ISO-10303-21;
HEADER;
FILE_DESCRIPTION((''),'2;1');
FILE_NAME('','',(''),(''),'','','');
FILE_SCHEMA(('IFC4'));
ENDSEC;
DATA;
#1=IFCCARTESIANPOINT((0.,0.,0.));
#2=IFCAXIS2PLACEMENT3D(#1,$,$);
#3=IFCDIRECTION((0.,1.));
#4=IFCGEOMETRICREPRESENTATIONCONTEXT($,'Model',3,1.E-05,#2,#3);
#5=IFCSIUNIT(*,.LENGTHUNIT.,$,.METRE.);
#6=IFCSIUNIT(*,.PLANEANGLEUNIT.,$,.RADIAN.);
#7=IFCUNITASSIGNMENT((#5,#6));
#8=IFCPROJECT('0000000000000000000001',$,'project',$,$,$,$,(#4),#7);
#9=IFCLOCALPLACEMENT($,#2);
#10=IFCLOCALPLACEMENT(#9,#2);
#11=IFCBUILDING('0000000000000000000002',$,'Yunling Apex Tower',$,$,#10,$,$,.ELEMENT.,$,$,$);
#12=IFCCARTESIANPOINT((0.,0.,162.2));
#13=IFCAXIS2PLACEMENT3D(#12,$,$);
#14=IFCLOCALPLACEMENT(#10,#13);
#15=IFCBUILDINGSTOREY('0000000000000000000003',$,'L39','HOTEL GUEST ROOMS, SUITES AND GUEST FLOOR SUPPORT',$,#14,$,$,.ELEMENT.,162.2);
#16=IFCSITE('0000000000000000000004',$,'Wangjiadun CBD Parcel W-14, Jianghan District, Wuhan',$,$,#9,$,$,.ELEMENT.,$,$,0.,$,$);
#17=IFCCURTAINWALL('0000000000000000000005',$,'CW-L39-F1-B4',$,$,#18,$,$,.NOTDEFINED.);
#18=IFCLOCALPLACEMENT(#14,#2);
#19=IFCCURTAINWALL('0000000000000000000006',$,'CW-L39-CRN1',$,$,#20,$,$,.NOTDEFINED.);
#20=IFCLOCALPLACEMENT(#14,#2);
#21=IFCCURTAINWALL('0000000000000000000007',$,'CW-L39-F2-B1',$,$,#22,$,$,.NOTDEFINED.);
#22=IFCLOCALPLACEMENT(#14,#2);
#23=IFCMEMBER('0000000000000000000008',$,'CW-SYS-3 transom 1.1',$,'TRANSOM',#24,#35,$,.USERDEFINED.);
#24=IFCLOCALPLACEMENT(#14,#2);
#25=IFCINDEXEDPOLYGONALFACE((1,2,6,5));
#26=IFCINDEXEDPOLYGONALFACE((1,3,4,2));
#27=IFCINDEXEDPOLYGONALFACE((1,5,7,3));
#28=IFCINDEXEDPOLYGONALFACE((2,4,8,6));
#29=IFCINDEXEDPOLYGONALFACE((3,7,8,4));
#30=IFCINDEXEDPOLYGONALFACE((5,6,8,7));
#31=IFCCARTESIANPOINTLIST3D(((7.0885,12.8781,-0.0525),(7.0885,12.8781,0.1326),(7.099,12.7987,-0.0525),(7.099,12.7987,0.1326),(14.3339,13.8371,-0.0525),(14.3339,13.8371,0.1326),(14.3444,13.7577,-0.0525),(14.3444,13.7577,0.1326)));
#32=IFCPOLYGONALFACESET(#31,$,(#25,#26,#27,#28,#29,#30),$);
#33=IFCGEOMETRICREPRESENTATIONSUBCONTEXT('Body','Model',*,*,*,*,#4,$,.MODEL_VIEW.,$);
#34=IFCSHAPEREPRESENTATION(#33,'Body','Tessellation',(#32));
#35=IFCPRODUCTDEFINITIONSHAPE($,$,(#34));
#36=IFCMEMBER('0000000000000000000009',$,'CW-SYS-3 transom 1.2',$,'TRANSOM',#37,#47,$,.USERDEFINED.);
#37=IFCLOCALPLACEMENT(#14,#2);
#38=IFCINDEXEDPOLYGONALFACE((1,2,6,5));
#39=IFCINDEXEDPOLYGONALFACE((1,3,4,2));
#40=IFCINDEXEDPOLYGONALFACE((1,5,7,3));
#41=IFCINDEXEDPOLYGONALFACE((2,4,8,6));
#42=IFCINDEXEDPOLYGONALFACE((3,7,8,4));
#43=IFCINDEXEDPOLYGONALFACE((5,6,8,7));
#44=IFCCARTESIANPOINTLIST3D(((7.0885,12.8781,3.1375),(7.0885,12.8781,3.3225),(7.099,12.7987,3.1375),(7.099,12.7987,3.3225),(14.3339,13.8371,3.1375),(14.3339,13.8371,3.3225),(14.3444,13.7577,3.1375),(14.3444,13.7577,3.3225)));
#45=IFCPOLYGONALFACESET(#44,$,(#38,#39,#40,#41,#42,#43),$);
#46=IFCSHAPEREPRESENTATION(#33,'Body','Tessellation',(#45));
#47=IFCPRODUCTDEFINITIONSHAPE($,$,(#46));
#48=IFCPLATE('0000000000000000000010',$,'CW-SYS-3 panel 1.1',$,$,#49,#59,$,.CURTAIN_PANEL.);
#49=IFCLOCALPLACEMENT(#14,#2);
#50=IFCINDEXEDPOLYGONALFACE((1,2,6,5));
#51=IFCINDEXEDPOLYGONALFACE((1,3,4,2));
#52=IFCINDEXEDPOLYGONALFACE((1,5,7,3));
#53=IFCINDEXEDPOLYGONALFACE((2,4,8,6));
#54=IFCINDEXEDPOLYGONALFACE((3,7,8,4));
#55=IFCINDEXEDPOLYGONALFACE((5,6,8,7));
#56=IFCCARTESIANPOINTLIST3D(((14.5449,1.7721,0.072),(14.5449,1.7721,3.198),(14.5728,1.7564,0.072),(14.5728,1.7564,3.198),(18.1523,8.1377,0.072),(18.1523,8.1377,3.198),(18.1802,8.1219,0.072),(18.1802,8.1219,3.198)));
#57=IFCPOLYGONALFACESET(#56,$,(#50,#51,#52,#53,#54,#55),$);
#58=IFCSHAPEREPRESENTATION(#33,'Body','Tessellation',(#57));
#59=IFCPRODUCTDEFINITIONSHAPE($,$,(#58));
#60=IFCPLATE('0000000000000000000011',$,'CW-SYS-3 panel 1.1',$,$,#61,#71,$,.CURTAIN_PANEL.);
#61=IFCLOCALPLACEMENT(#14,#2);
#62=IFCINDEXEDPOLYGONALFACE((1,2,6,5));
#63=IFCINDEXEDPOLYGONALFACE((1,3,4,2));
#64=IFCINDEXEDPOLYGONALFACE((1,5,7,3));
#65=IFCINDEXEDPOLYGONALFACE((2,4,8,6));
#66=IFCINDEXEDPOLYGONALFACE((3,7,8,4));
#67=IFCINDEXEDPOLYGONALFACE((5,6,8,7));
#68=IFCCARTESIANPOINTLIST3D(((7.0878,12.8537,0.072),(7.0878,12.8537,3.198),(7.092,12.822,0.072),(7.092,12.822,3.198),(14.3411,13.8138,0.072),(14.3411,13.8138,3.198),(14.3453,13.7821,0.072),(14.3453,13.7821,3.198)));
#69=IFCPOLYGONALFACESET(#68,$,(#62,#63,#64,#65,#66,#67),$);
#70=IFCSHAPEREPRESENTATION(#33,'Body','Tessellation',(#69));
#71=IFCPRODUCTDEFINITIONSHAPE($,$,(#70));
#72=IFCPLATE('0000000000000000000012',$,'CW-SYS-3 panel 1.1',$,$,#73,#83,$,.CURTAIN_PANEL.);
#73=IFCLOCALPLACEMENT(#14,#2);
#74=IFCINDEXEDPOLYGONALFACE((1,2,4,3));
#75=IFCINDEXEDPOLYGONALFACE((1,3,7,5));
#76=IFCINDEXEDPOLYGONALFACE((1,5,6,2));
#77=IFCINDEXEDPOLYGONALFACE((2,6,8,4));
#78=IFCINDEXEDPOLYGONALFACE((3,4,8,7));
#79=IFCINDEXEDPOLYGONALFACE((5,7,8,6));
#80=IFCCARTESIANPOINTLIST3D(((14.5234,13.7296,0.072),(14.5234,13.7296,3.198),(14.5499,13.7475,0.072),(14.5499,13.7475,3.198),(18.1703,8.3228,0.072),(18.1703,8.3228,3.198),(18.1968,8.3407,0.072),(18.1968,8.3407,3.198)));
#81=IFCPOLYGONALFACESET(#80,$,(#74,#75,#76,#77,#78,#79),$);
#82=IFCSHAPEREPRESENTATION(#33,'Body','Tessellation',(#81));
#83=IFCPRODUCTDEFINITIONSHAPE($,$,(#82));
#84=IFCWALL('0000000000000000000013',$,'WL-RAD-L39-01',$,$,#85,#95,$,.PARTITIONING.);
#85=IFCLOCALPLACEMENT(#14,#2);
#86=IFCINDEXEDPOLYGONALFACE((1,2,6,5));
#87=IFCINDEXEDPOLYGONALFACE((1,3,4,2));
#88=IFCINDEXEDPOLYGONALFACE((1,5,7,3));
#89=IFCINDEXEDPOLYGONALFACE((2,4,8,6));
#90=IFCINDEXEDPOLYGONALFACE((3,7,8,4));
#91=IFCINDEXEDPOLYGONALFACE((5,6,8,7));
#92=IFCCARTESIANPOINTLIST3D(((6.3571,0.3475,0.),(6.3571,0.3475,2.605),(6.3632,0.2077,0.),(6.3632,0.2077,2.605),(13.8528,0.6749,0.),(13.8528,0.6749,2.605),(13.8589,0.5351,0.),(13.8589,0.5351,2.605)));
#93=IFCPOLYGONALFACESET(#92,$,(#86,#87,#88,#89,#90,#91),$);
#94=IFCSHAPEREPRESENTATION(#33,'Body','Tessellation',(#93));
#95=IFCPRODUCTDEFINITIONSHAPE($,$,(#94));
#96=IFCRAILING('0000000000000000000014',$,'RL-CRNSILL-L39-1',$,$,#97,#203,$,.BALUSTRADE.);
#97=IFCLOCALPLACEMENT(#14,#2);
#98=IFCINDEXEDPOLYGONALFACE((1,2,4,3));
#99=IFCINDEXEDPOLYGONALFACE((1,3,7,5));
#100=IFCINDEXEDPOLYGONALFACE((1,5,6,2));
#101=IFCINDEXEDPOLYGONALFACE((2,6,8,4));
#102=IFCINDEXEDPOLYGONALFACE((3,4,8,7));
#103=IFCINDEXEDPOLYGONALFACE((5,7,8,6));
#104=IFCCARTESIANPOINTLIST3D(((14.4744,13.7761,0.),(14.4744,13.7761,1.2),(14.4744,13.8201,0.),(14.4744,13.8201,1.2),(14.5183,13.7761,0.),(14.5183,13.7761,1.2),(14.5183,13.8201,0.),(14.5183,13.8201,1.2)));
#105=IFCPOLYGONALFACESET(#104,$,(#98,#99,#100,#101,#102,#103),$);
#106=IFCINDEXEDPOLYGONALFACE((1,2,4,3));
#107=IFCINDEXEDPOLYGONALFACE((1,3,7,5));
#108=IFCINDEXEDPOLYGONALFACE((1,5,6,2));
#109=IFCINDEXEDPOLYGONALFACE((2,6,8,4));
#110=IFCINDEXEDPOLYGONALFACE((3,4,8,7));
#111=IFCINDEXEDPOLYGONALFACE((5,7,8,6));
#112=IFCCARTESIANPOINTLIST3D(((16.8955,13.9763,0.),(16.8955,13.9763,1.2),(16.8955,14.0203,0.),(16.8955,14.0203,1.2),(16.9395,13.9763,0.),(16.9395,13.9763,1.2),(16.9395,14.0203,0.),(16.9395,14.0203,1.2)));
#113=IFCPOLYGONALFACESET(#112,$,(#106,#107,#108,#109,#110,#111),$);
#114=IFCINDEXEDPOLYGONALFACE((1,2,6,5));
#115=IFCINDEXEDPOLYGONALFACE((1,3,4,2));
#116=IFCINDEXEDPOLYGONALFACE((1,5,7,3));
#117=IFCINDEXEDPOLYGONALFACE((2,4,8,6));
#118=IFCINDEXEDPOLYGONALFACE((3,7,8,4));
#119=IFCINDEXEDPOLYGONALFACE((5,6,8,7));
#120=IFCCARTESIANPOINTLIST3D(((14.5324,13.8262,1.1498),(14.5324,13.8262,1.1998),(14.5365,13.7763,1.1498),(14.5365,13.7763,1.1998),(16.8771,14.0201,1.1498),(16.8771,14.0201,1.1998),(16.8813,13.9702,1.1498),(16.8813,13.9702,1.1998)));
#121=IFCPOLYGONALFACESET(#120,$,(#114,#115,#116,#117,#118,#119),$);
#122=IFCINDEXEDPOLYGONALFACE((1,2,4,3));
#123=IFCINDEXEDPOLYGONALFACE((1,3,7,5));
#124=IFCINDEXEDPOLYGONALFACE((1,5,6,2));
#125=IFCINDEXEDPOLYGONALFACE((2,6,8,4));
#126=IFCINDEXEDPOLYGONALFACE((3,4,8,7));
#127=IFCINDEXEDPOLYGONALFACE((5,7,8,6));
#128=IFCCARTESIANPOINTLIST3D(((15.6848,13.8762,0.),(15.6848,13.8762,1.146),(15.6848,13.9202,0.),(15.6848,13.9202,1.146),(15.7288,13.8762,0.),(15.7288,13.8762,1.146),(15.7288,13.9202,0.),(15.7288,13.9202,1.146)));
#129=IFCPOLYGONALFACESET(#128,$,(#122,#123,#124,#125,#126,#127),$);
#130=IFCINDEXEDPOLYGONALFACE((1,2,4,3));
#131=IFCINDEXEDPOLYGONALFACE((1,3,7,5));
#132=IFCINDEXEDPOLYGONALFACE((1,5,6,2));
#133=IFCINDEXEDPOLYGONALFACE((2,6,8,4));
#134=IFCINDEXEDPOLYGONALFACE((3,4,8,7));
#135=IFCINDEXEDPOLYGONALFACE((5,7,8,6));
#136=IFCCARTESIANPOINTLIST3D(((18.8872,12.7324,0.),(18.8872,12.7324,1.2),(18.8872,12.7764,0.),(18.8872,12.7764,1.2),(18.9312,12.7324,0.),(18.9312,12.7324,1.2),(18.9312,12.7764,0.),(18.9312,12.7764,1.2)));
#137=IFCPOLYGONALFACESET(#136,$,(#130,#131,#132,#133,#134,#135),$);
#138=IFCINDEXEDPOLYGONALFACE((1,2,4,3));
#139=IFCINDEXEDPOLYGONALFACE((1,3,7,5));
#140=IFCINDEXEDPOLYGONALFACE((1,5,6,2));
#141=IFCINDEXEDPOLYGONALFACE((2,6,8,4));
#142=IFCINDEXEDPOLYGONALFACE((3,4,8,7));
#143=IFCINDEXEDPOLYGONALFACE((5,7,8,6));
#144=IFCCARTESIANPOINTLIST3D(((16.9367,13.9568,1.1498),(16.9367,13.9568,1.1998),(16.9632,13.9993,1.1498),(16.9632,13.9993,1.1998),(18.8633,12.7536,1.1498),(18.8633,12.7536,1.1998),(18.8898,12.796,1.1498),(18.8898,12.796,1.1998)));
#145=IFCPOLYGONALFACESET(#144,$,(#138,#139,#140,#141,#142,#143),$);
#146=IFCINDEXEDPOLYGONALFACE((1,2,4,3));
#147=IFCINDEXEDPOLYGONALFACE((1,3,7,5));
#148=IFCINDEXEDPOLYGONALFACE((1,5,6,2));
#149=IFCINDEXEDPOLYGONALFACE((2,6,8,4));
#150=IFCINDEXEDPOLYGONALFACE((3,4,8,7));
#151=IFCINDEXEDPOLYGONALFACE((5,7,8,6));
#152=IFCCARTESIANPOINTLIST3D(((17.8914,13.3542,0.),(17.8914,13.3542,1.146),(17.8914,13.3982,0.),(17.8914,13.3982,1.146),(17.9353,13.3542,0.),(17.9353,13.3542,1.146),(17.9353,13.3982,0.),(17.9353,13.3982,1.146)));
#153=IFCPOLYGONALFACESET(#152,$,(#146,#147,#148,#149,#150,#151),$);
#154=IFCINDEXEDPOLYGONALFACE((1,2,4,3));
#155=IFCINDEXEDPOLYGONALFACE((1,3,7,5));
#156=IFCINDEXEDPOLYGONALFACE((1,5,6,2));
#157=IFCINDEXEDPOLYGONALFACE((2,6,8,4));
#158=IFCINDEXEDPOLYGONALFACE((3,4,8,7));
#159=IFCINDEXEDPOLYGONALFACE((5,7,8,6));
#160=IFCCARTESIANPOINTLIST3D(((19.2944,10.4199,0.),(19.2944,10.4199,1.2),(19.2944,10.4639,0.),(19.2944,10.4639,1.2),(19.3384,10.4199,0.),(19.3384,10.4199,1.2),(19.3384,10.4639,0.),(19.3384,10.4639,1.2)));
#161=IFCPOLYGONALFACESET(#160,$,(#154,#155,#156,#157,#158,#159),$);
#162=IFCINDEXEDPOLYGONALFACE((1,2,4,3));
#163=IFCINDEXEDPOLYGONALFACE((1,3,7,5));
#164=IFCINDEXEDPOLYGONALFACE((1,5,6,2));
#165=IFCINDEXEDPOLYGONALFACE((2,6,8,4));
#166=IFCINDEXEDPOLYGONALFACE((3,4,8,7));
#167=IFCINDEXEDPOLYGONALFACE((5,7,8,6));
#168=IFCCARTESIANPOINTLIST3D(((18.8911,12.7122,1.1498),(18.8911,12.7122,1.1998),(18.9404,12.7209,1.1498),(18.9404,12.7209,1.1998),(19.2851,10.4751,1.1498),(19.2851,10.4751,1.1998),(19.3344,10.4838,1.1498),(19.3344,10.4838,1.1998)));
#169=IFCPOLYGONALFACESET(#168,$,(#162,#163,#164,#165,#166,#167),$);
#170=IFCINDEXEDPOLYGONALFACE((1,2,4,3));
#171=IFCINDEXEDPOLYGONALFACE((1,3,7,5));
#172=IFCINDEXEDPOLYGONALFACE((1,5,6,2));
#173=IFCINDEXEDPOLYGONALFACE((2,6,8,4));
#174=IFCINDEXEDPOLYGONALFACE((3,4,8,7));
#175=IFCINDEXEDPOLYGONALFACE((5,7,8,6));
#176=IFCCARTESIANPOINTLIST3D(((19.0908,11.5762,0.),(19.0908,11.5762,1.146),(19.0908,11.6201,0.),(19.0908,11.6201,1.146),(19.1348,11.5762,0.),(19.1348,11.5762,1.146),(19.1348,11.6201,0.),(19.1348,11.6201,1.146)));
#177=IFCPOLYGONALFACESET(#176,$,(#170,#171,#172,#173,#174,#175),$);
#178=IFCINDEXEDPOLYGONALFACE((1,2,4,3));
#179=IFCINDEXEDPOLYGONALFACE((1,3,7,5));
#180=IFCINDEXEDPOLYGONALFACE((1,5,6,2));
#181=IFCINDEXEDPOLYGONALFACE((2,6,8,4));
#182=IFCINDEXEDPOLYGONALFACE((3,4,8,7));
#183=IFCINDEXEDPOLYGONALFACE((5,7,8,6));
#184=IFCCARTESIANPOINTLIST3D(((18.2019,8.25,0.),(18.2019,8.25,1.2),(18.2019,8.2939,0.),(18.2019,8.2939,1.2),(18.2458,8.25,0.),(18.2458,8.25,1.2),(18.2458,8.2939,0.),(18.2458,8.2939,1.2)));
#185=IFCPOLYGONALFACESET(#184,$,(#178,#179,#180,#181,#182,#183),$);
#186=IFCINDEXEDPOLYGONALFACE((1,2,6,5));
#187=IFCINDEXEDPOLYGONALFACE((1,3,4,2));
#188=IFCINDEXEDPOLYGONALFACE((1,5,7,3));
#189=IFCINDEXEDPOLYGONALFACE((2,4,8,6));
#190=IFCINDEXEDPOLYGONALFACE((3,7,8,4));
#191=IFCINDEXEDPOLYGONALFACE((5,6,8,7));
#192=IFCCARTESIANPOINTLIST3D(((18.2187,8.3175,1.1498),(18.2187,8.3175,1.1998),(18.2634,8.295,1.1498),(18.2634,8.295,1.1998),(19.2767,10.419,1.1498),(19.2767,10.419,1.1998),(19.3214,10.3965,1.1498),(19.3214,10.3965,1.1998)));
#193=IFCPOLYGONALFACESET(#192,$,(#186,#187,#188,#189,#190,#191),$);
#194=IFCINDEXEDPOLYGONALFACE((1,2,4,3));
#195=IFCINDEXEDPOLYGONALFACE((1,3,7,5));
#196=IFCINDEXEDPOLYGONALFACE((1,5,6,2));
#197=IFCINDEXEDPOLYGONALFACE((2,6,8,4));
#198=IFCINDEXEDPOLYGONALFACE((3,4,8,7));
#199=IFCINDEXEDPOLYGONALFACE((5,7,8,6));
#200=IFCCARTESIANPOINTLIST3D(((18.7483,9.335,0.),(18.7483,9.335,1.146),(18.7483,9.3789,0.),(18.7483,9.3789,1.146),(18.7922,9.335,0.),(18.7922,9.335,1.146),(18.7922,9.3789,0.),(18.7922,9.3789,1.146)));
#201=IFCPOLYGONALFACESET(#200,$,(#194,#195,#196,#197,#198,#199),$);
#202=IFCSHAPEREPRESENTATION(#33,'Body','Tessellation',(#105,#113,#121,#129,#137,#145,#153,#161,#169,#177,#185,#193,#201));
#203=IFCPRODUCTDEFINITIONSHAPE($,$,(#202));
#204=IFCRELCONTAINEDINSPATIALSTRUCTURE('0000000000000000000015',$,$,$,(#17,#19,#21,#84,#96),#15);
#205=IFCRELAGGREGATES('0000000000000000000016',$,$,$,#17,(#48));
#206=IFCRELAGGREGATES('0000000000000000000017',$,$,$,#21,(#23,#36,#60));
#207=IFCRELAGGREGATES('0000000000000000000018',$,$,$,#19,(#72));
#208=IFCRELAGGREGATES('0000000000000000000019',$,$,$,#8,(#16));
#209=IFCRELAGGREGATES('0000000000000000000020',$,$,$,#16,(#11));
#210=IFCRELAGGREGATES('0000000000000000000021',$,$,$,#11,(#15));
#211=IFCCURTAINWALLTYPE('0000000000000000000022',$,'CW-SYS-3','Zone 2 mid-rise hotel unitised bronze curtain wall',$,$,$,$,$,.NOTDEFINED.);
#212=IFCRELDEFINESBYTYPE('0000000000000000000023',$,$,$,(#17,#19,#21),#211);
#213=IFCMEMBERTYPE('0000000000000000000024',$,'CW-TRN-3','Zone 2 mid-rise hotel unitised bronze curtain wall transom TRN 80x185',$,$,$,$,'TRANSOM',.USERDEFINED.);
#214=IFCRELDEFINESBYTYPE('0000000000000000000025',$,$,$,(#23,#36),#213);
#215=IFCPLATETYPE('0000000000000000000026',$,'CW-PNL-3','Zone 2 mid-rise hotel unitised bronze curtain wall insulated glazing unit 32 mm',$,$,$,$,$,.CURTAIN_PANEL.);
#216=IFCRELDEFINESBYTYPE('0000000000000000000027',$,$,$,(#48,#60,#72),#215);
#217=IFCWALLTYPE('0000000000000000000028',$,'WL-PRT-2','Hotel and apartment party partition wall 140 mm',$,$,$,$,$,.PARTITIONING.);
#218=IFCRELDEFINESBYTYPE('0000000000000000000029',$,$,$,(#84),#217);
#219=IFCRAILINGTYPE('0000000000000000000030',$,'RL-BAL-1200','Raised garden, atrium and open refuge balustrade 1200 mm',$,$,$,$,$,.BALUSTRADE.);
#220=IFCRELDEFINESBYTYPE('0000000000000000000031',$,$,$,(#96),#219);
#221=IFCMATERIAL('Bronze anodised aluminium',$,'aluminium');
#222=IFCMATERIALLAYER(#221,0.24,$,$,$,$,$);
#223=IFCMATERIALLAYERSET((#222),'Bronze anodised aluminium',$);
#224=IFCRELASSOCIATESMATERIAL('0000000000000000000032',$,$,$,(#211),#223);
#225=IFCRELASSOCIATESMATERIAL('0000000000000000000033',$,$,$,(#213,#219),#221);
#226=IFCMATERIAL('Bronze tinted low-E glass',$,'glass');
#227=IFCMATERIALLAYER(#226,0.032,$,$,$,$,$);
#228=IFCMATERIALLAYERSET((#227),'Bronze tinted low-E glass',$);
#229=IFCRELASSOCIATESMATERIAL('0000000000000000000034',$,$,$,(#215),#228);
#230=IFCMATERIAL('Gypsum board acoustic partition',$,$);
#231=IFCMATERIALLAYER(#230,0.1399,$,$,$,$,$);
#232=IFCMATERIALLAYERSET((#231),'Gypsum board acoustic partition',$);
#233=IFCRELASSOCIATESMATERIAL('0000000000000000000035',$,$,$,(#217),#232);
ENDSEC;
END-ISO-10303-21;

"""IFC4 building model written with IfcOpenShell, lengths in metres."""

from ifc_helpers import new_model, si_unit, direction, frame, frame_2d, origin, origin_2d, place, context, subcontext, project, spatial, rectangle, extrude, source, transform, mapped, material, layer, layer_set, material_profile, profile_set, type_object, element, aggregate, save


model = new_model("IFC4")

# Units and contexts
model_context = context("Model", 3, precision=1e-05, world=origin(), true_north=direction((0.0, 1.0)))
body_context = subcontext(model_context, "Body", "Model", "MODEL_VIEW")
ifc_project = project(units=[si_unit("LENGTHUNIT", "METRE"), si_unit("PLANEANGLEUNIT", "RADIAN")], contexts=[model_context])

# Site, building, storey
site_placement = place(None, origin())
site = spatial("IfcSite", under=ifc_project, at=site_placement, Name="Wangjiadun CBD Parcel W-14, Jianghan District, Wuhan", CompositionType="ELEMENT", RefElevation=0.0)
building_placement = place(site_placement, origin())
building = spatial("IfcBuilding", under=site, at=building_placement, Name="Yunling Apex Tower", CompositionType="ELEMENT")
storey_placement = place(building_placement, frame((0.0, 0.0, 162.2)))
storey = spatial("IfcBuildingStorey", under=building, at=storey_placement, Name="L39", Description="HOTEL GUEST ROOMS, SUITES AND GUEST FLOOR SUPPORT", CompositionType="ELEMENT", Elevation=162.2)

# Shared definitions
ifc_material_1 = material(Name="Bronze anodised aluminium", Category="aluminium")
ifc_layer_1 = layer(ifc_material_1, 0.24)
ifc_layer_set_1 = layer_set([ifc_layer_1], Name="Bronze anodised aluminium")
curtain_wall_type = type_object("IfcCurtainWallType", Name="CW-SYS-3", Description="Zone 2 mid-rise hotel unitised bronze curtain wall", PredefinedType="NOTDEFINED", material=ifc_layer_set_1)

# Curtain walls
curtain_wall_1_placement = place(storey_placement, origin())
curtain_wall_1 = element("IfcCurtainWall", 1, at=curtain_wall_1_placement, inside=storey, type_object=curtain_wall_type, Name="CW-L39-F1-B4", PredefinedType="NOTDEFINED")
curtain_wall_2_placement = place(storey_placement, origin())
curtain_wall_2 = element("IfcCurtainWall", 2, at=curtain_wall_2_placement, inside=storey, type_object=curtain_wall_type, Name="CW-L39-CRN1", PredefinedType="NOTDEFINED")
curtain_wall_3_placement = place(storey_placement, origin())
curtain_wall_3 = element("IfcCurtainWall", 3, at=curtain_wall_3_placement, inside=storey, type_object=curtain_wall_type, Name="CW-L39-F2-B1", PredefinedType="NOTDEFINED")
ifc_material_profile_1 = material_profile(ifc_material_1, rectangle(XDim=0.0801, YDim=0.1851, at=origin_2d()))
ifc_profile_set_1 = profile_set([ifc_material_profile_1], Name="Bronze anodised aluminium")
member_type_1 = type_object("IfcMemberType", Name="CW-TRN-3", Description="Zone 2 mid-rise hotel unitised bronze curtain wall transom TRN 80x185", ElementType="TRANSOM", PredefinedType="USERDEFINED", material=ifc_profile_set_1)

# Members
shared_shape_1 = source(origin(), body_context, "Body", "SweptSolid", [
    extrude(rectangle(XDim=0.0801, YDim=0.1851, at=origin_2d()), origin(), (0.0, 0.0, 1.0), 7.3086),
])
member_1_placement = place(storey_placement, frame((14.3391, 13.7974, 0.04), z_axis=(-0.991354, -0.131214, 0.0), x_axis=(0.131214, -0.991354, 0.0)))
member_1 = element("IfcMember", 4, at=member_1_placement, type_object=member_type_1, Name="CW-SYS-3 transom 1.1", ObjectType="TRANSOM", PredefinedType="USERDEFINED", context=body_context, shape_type="MappedRepresentation", body=[
    mapped(shared_shape_1, transform((0.0, 0.0, 0.0), scale=1.0)),
])
member_2_placement = place(storey_placement, frame((14.3391, 13.7974, 3.23), z_axis=(-0.991354, -0.131214, 0.0), x_axis=(0.131214, -0.991354, 0.0)))
member_2 = element("IfcMember", 5, at=member_2_placement, type_object=member_type_1, Name="CW-SYS-3 transom 1.2", ObjectType="TRANSOM", PredefinedType="USERDEFINED", context=body_context, shape_type="MappedRepresentation", body=[
    mapped(shared_shape_1, transform((0.0, 0.0, 0.0), scale=1.0)),
])

# Plates
ifc_material_2 = material(Name="Bronze tinted low-E glass", Category="glass")
ifc_layer_2 = layer(ifc_material_2, 0.032)
ifc_layer_set_2 = layer_set([ifc_layer_2], Name="Bronze tinted low-E glass")
plate_type = type_object("IfcPlateType", Name="CW-PNL-3", Description="Zone 2 mid-rise hotel unitised bronze curtain wall insulated glazing unit 32 mm", PredefinedType="CURTAIN_PANEL", material=ifc_layer_set_2)
shared_shape_2 = source(origin(), body_context, "Body", "SweptSolid", [
    extrude(rectangle(XDim=7.3167, YDim=0.032, at=origin_2d()), origin(), (0.0, 0.0, 1.0), 3.126),
])
plate_1_placement = place(storey_placement, frame((16.3625, 4.947, 0.072), z_axis=(0.0, 0.0, 1.0), x_axis=(0.493041, 0.870006, 0.0)))
plate_1 = element("IfcPlate", 6, at=plate_1_placement, type_object=plate_type, Name="CW-SYS-3 panel 1.1", PredefinedType="CURTAIN_PANEL", context=body_context, shape_type="MappedRepresentation", body=[
    mapped(shared_shape_2, transform((0.0, 0.0, 0.0), scale=1.0)),
])
aggregate(curtain_wall_1, [plate_1])
plate_2_placement = place(storey_placement, frame((10.7166, 13.3179, 0.072), z_axis=(0.0, 0.0, 1.0), x_axis=(-0.991353, -0.131222, 0.0)))
plate_2 = element("IfcPlate", 7, at=plate_2_placement, type_object=plate_type, Name="CW-SYS-3 panel 1.1", PredefinedType="CURTAIN_PANEL", context=body_context, shape_type="MappedRepresentation", body=[
    mapped(shared_shape_2, transform((0.0, 0.0, 0.0), scale=1.0)),
])
aggregate(curtain_wall_3, [member_1, member_2, plate_2])
shared_shape_3 = source(origin(), body_context, "Body", "SweptSolid", [
    extrude(rectangle(XDim=6.5217, YDim=0.032, at=origin_2d()), origin(), (0.0, 0.0, 1.0), 3.126),
])
plate_3_placement = place(storey_placement, frame((16.3601, 11.0352, 0.072), z_axis=(0.0, 0.0, 1.0), x_axis=(-0.559193, 0.829038, 0.0)))
plate_3 = element("IfcPlate", 8, at=plate_3_placement, type_object=plate_type, Name="CW-SYS-3 panel 1.1", PredefinedType="CURTAIN_PANEL", context=body_context, shape_type="MappedRepresentation", body=[
    mapped(shared_shape_3, transform((0.0, 0.0, 0.0), scale=1.0)),
])
aggregate(curtain_wall_2, [plate_3])

# Wall
ifc_material_3 = material(Name="Gypsum board acoustic partition")
ifc_layer_3 = layer(ifc_material_3, 0.1399)
ifc_layer_set_3 = layer_set([ifc_layer_3], Name="Gypsum board acoustic partition")
wall_type = type_object("IfcWallType", Name="WL-PRT-2", Description="Hotel and apartment party partition wall 140 mm", PredefinedType="PARTITIONING", material=ifc_layer_set_3)
wall_placement = place(storey_placement, frame((6.3601, 0.2776, 0.0), z_axis=(0.0, 0.0, 1.0), x_axis=(0.999048, 0.043635, 0.0)))
element("IfcWall", 9, at=wall_placement, inside=storey, type_object=wall_type, Name="WL-RAD-L39-01", PredefinedType="PARTITIONING", context=body_context, shape_type="SweptSolid", body=[
    extrude(rectangle(XDim=7.5029, YDim=0.1399, at=frame_2d((3.7515, 0.0))), origin(), (0.0, 0.0, 1.0), 2.605),
])

# Railing
railing_type = type_object("IfcRailingType", Name="RL-BAL-1200", Description="Raised garden, atrium and open refuge balustrade 1200 mm", PredefinedType="BALUSTRADE", material=ifc_material_1)
railing_1_placement = place(storey_placement, frame((14.4963, 13.7981, 0.0)))
element("IfcRailing", 10, at=railing_1_placement, inside=storey, type_object=railing_type, Name="RL-CRNSILL-L39-1", PredefinedType="BALUSTRADE", context=body_context, shape_type="SweptSolid", body=[
    extrude(rectangle(XDim=0.0439, YDim=0.0439, at=origin_2d()), origin(), (0.0, 0.0, 1.0), 1.2),
    extrude(rectangle(XDim=0.0439, YDim=0.0439, at=origin_2d()), frame((2.4211, 0.2002, 0.0)), (0.0, 0.0, 1.0), 1.2),
    extrude(rectangle(XDim=0.05, YDim=0.05, at=origin_2d()), frame((0.0381, 0.0032, 1.1748), z_axis=(0.996599, 0.082405, 0.0), x_axis=(-0.082405, 0.996599, 0.0)), (0.0, 0.0, 1.0), 2.3528),
    extrude(rectangle(XDim=0.0439, YDim=0.0439, at=origin_2d()), frame((1.2104, 0.1001, 0.0)), (0.0, 0.0, 1.0), 1.146),
    extrude(rectangle(XDim=0.0439, YDim=0.0439, at=origin_2d()), frame((4.4128, -1.0437, 0.0)), (0.0, 0.0, 1.0), 1.2),
    extrude(rectangle(XDim=0.05, YDim=0.05, at=origin_2d()), frame((2.4536, 0.1799, 1.1748), z_axis=(0.848173, -0.529719, 0.0), x_axis=(0.529719, 0.848173, 0.0)), (0.0, 0.0, 1.0), 2.2715),
    extrude(rectangle(XDim=0.0439, YDim=0.0439, at=origin_2d()), frame((3.417, -0.4219, 0.0)), (0.0, 0.0, 1.0), 1.146),
    extrude(rectangle(XDim=0.0439, YDim=0.0439, at=origin_2d()), frame((4.8201, -3.3562, 0.0)), (0.0, 0.0, 1.0), 1.2),
    extrude(rectangle(XDim=0.05, YDim=0.05, at=origin_2d()), frame((4.4194, -1.0815, 1.1748), z_axis=(0.173429, -0.984846, 0.0), x_axis=(0.984846, 0.173429, 0.0)), (0.0, 0.0, 1.0), 2.2715),
    extrude(rectangle(XDim=0.0439, YDim=0.0439, at=origin_2d()), frame((4.6165, -2.2, 0.0)), (0.0, 0.0, 1.0), 1.146),
    extrude(rectangle(XDim=0.0439, YDim=0.0439, at=origin_2d()), frame((3.7275, -5.5261, 0.0)), (0.0, 0.0, 1.0), 1.2),
    extrude(rectangle(XDim=0.05, YDim=0.05, at=origin_2d()), frame((4.8027, -3.3904, 1.1748), z_axis=(-0.449704, -0.893178, 0.0), x_axis=(0.893178, -0.449704, 0.0)), (0.0, 0.0, 1.0), 2.3528),
    extrude(rectangle(XDim=0.0439, YDim=0.0439, at=origin_2d()), frame((4.2739, -4.4412, 0.0)), (0.0, 0.0, 1.0), 1.146),
])

save(model, "model.ifc")
